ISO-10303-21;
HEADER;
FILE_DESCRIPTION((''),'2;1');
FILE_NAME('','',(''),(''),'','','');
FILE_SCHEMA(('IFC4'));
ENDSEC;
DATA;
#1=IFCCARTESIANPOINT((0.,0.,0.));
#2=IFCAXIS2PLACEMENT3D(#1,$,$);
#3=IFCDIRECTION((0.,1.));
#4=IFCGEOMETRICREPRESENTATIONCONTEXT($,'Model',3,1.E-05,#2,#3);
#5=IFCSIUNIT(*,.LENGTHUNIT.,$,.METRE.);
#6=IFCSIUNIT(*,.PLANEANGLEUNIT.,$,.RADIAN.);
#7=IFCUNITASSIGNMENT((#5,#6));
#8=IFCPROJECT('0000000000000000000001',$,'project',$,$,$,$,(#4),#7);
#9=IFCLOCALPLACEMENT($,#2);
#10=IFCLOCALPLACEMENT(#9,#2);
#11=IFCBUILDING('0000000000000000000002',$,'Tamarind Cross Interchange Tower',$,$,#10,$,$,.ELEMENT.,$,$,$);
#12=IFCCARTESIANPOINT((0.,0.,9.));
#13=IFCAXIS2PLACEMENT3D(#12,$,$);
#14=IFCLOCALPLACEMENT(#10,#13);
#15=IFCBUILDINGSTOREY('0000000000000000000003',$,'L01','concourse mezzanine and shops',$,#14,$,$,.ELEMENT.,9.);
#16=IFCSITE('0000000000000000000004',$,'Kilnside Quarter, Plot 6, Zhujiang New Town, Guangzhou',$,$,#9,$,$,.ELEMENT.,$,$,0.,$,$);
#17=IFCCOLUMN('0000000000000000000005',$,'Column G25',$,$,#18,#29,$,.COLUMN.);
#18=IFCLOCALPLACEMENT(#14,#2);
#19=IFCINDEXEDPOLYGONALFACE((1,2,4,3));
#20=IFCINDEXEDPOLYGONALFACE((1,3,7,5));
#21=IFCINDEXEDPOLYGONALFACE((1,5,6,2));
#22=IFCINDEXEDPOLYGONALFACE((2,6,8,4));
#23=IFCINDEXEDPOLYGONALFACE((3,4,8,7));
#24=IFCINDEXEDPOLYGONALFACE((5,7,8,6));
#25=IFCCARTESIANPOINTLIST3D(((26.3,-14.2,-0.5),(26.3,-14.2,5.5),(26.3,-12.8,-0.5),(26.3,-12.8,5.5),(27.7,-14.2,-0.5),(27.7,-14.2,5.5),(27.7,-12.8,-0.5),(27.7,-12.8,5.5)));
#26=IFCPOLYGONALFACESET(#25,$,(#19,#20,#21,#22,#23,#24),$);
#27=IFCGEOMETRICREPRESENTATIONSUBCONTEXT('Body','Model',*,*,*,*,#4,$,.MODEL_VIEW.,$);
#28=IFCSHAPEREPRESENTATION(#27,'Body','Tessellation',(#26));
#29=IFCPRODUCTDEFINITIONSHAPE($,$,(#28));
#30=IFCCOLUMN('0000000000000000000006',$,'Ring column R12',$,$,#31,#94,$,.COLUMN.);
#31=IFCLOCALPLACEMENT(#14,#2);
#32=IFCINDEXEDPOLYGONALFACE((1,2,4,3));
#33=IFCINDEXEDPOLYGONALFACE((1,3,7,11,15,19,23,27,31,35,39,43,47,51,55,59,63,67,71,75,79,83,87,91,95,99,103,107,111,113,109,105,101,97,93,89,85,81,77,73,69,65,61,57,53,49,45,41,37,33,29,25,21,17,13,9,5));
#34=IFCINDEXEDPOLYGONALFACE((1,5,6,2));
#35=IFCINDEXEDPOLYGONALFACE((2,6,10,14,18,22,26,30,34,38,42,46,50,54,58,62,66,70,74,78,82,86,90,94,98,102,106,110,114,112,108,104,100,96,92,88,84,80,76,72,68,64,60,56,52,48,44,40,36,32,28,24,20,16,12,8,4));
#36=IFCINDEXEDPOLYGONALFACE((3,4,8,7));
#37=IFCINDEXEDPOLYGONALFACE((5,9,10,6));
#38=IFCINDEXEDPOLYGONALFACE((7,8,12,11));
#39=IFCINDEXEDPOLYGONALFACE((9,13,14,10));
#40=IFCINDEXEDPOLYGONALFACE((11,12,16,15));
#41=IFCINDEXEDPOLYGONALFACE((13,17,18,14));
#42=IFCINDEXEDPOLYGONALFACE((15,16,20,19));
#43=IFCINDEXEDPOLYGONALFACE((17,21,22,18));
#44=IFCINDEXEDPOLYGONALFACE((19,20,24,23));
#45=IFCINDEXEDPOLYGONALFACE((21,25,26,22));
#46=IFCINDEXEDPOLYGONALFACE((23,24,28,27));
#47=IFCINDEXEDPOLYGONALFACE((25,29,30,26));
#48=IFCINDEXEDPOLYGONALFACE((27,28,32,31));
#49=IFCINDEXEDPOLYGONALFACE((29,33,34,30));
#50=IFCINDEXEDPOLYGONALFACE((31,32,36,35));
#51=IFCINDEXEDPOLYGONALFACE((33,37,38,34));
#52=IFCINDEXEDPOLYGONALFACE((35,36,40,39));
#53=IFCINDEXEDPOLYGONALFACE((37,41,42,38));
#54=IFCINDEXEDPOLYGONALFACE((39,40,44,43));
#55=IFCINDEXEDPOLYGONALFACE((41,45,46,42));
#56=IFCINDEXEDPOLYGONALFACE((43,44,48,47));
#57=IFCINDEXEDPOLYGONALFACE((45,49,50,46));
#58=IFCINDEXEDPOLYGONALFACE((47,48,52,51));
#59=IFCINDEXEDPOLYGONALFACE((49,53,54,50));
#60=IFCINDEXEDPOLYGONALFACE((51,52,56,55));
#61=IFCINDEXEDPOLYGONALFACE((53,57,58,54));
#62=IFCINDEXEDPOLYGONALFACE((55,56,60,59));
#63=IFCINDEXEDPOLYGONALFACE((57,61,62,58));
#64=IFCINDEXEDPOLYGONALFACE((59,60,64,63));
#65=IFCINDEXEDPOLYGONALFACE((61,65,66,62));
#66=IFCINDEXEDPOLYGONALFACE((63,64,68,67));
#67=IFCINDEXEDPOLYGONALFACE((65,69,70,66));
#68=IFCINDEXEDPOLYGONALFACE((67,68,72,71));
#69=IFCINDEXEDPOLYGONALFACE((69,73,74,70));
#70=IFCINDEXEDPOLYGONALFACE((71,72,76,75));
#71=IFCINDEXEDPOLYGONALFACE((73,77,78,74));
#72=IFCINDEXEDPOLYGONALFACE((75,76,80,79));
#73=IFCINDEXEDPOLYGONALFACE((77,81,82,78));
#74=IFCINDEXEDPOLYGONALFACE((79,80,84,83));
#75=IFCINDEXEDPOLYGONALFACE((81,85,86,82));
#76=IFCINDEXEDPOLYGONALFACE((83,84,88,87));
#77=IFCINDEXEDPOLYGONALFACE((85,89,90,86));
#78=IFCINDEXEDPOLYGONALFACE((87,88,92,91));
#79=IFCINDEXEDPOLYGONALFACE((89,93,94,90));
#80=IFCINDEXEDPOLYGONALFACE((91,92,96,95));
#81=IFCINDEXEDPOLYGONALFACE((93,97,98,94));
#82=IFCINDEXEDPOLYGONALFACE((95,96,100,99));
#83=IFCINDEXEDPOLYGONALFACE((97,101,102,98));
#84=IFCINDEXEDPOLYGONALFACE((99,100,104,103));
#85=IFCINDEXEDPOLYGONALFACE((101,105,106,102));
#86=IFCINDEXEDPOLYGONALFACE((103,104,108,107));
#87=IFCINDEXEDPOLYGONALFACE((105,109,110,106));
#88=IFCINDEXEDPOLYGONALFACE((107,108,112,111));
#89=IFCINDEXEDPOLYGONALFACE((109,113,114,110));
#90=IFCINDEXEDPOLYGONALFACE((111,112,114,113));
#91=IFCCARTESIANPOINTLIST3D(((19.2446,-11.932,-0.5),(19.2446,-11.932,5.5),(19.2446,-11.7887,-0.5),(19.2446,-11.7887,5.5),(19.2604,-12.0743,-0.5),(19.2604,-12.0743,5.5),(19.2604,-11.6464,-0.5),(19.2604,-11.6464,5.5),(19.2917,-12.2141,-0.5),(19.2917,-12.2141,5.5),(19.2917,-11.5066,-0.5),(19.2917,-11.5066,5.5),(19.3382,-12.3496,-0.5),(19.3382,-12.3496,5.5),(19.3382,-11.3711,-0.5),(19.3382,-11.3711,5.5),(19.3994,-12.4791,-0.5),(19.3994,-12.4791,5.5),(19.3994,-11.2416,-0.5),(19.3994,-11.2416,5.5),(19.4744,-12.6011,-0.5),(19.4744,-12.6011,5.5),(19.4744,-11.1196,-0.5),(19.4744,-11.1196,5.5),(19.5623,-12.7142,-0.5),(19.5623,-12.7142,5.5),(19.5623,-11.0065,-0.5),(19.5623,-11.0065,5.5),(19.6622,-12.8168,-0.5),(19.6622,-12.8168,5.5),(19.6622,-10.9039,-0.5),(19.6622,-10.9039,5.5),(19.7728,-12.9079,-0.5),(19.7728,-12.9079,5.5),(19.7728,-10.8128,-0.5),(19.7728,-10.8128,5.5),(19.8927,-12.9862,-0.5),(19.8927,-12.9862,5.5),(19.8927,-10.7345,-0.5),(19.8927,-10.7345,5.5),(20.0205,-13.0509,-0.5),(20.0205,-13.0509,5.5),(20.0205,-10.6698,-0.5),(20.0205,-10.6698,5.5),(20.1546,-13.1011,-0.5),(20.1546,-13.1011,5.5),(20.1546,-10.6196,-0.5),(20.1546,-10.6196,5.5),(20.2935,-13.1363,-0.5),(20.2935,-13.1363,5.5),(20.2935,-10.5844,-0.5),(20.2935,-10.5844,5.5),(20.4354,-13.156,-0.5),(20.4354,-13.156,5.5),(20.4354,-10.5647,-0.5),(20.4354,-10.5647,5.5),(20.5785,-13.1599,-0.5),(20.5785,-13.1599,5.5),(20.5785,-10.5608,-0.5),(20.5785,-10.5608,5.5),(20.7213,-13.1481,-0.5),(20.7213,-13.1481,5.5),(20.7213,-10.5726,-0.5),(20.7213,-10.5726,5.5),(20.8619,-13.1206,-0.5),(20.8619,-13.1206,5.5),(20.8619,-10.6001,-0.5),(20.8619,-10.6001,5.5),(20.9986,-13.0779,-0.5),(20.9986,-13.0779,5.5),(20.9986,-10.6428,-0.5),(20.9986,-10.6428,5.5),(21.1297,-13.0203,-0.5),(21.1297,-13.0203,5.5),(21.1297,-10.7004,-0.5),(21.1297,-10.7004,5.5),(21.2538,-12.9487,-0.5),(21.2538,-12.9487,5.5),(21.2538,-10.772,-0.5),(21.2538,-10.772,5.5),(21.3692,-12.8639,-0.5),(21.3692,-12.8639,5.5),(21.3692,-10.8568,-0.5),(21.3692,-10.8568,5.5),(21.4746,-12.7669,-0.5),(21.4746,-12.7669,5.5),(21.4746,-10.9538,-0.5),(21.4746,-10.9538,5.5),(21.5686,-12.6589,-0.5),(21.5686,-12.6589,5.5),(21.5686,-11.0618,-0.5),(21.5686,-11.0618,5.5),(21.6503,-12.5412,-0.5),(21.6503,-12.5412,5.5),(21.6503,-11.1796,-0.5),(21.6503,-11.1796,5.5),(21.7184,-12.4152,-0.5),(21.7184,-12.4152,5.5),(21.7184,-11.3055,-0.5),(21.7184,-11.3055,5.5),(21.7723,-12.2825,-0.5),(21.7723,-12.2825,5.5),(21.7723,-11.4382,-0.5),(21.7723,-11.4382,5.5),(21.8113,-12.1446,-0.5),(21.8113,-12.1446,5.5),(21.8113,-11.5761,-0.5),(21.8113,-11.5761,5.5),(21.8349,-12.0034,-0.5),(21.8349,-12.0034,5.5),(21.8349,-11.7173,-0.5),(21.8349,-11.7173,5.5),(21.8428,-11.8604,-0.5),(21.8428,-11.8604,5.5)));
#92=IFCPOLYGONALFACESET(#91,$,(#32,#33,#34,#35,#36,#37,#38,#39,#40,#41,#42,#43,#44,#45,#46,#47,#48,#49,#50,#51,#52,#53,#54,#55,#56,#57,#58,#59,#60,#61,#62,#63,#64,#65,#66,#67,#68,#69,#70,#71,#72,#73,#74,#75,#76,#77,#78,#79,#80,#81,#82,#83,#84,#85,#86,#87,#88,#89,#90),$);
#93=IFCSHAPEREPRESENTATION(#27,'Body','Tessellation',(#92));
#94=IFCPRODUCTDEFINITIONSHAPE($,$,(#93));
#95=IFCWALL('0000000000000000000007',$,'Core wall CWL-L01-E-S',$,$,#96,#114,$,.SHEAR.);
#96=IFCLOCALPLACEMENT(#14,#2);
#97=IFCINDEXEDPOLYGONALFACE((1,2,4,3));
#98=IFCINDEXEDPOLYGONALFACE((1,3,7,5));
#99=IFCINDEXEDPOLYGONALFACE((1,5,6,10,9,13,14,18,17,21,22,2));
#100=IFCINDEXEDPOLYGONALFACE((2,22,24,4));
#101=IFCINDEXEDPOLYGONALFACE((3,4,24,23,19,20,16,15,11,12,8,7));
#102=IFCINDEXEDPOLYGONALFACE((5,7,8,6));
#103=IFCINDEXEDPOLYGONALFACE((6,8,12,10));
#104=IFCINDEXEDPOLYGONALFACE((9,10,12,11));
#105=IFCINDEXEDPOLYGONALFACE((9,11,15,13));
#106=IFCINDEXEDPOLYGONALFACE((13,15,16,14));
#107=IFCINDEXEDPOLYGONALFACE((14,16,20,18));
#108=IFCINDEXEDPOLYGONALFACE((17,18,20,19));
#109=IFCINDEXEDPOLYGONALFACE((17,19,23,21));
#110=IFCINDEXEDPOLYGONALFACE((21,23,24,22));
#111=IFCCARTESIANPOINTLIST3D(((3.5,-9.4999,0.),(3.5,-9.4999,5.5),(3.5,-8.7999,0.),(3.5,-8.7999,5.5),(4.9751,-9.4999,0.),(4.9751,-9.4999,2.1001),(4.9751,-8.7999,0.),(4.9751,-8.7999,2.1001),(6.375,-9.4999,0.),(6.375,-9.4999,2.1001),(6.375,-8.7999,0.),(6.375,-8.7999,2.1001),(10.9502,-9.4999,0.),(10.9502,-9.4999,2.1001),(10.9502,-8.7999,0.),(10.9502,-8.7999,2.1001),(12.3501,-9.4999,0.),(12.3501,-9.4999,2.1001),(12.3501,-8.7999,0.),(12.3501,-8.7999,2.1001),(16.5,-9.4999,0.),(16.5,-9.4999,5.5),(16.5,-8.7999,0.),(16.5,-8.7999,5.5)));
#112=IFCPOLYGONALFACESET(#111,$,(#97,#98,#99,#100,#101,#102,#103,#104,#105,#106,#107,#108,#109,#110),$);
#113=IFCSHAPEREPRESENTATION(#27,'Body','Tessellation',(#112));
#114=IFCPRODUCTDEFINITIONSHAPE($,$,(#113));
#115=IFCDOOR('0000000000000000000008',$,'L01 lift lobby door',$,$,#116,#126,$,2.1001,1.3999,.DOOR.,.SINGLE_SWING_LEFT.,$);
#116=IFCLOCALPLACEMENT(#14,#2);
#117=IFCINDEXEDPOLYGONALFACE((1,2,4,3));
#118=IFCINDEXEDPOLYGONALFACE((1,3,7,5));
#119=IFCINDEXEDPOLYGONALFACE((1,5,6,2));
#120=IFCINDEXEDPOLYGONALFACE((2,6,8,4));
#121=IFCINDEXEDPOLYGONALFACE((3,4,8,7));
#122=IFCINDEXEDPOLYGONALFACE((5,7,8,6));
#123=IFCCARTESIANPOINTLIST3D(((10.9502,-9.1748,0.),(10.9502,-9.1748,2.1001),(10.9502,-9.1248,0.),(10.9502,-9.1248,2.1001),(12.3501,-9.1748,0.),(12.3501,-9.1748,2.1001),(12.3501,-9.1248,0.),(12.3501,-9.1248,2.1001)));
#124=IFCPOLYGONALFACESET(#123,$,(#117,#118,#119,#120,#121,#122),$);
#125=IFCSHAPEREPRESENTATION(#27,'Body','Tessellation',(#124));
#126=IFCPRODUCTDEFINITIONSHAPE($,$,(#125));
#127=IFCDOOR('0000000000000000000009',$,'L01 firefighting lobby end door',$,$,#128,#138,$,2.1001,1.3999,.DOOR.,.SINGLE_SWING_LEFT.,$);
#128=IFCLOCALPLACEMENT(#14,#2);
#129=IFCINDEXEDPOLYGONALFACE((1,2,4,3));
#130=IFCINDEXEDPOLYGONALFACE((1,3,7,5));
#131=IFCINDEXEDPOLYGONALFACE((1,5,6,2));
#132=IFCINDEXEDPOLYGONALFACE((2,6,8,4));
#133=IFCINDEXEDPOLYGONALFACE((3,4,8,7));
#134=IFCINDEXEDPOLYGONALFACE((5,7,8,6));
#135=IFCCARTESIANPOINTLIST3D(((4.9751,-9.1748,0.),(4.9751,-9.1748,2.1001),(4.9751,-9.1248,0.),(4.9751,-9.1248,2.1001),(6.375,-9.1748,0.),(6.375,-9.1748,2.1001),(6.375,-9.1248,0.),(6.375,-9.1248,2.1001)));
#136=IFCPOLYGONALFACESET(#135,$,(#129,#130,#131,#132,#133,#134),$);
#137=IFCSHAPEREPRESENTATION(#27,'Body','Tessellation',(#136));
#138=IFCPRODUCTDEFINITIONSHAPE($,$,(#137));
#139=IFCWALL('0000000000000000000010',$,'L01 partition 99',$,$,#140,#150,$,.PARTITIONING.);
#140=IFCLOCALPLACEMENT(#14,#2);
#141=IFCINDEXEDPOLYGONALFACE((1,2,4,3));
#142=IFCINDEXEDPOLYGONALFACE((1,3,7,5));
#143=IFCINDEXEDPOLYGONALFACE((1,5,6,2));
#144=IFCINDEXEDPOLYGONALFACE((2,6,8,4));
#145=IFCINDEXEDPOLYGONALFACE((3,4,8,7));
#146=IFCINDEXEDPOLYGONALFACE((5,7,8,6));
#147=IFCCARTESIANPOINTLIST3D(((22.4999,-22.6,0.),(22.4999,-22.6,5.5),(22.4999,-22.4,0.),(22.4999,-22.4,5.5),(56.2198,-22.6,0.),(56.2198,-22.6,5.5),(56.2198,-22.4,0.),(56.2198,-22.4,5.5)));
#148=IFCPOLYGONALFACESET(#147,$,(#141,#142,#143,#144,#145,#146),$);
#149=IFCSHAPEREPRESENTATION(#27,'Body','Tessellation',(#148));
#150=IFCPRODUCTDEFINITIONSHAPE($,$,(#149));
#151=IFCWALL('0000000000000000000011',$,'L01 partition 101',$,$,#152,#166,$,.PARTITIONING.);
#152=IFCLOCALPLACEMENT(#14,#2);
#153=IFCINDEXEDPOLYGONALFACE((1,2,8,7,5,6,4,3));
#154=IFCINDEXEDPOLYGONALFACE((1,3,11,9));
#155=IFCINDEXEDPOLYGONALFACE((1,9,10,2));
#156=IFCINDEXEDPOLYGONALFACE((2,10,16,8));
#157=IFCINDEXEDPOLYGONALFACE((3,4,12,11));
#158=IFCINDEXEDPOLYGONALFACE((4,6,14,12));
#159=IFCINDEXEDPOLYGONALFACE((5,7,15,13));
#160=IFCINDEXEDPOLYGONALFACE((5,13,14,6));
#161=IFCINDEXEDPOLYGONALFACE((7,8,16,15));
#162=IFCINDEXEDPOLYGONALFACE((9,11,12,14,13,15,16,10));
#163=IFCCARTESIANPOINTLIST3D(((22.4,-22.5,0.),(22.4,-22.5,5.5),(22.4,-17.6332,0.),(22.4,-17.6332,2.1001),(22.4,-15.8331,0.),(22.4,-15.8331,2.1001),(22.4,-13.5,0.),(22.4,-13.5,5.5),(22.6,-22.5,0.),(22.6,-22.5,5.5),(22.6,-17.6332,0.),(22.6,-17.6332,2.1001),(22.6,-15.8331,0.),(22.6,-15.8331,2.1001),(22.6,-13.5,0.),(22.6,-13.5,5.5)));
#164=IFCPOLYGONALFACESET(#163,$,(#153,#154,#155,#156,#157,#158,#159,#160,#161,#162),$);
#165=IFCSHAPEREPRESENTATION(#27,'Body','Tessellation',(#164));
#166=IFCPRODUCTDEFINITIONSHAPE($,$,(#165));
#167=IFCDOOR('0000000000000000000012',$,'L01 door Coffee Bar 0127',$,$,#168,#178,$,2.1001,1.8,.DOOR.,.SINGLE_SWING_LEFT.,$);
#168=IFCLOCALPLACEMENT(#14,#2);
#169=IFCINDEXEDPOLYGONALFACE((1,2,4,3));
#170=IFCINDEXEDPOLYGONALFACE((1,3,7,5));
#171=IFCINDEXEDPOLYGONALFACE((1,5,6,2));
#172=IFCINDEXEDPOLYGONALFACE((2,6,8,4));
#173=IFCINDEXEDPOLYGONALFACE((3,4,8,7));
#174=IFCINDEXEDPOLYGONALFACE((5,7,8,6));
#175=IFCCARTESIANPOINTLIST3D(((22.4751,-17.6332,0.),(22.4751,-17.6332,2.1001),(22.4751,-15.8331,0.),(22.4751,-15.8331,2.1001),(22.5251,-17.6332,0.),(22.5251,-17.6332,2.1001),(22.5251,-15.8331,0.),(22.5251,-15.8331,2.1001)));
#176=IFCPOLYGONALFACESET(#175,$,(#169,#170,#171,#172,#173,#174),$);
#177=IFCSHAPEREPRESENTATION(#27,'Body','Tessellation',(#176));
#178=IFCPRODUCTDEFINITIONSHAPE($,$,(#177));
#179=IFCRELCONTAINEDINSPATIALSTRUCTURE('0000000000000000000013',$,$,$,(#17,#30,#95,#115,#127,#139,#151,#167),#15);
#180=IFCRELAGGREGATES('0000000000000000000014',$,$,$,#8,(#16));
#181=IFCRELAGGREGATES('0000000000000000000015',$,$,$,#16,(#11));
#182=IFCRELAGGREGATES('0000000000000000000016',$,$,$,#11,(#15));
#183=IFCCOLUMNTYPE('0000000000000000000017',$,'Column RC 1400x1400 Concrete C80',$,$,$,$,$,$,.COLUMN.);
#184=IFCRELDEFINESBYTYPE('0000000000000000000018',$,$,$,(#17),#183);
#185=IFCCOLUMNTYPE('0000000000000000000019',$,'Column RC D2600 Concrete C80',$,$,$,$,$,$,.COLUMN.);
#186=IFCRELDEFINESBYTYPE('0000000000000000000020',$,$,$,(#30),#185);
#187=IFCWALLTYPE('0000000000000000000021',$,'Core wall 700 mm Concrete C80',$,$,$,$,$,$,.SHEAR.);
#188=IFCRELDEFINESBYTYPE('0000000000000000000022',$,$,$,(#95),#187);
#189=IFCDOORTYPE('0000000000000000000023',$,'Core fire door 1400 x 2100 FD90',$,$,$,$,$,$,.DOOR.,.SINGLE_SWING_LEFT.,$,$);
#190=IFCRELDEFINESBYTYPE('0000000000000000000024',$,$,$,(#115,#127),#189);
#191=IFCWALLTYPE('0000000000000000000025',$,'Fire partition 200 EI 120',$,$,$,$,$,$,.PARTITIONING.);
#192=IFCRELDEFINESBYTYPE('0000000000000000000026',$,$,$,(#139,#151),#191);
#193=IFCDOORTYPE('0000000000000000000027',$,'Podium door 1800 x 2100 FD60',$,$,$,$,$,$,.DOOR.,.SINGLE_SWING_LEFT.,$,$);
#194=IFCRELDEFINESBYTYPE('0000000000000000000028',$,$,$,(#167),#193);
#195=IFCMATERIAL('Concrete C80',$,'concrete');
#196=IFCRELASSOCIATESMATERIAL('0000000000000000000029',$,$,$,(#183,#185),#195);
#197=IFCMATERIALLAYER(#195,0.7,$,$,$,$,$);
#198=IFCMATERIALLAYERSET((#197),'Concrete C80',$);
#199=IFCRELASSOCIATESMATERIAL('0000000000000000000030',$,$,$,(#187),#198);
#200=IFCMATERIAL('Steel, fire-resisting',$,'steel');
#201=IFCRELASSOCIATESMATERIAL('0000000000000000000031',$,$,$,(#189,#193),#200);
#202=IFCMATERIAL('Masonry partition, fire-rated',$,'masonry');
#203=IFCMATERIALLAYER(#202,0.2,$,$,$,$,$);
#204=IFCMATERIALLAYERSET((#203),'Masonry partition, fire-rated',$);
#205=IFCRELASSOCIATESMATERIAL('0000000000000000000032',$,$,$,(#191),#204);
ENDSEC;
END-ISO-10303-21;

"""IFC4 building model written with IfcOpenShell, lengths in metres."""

from ifc_helpers import new_model, si_unit, direction, frame, frame_2d, origin, origin_2d, place, context, subcontext, project, spatial, rectangle, circle, extrude, material, layer, layer_set, material_profile, profile_set, type_object, element, fill, save


model = new_model("IFC4")

# Units and contexts
model_context = context("Model", 3, precision=1e-05, world=origin(), true_north=direction((0.0, 1.0)))
body_context = subcontext(model_context, "Body", "Model", "MODEL_VIEW")
ifc_project = project(units=[si_unit("LENGTHUNIT", "METRE"), si_unit("PLANEANGLEUNIT", "RADIAN")], contexts=[model_context])

# Site, building, storey
site_placement = place(None, origin())
site = spatial("IfcSite", under=ifc_project, at=site_placement, Name="Kilnside Quarter, Plot 6, Zhujiang New Town, Guangzhou", CompositionType="ELEMENT", RefElevation=0.0)
building_placement = place(site_placement, origin())
building = spatial("IfcBuilding", under=site, at=building_placement, Name="Tamarind Cross Interchange Tower", CompositionType="ELEMENT")
storey_placement = place(building_placement, frame((0.0, 0.0, 9.0)))
storey = spatial("IfcBuildingStorey", under=building, at=storey_placement, Name="L01", Description="concourse mezzanine and shops", CompositionType="ELEMENT", Elevation=9.0)

# Columns
ifc_material_1 = material(Name="Concrete C80", Category="concrete")
ifc_material_profile_1 = material_profile(ifc_material_1, rectangle(XDim=1.3999, YDim=1.3999, at=origin_2d()), Name="RC 1400x1400")
ifc_profile_set_1 = profile_set([ifc_material_profile_1], Name="Concrete C80")
column_type_1 = type_object("IfcColumnType", Name="Column RC 1400x1400 Concrete C80", PredefinedType="COLUMN", material=ifc_profile_set_1)
column_1_placement = place(storey_placement, frame((27.0, -13.5, -0.5), z_axis=(0.0, 0.0, 1.0), x_axis=(1.0, 0.0, 0.0)))
element("IfcColumn", 1, at=column_1_placement, inside=storey, type_object=column_type_1, Name="Column G25", PredefinedType="COLUMN", context=body_context, shape_type="SweptSolid", body=[
    extrude(rectangle(XDim=1.3999, YDim=1.3999, at=origin_2d()), origin(), (0.0, 0.0, 1.0), 6.0),
])
ifc_material_profile_2 = material_profile(ifc_material_1, circle(Radius=1.3, at=origin_2d()), Name="RC D2600")
ifc_profile_set_2 = profile_set([ifc_material_profile_2], Name="Concrete C80")
column_type_2 = type_object("IfcColumnType", Name="Column RC D2600 Concrete C80", PredefinedType="COLUMN", material=ifc_profile_set_2)
column_2_placement = place(storey_placement, frame((20.5427, -11.8604, -0.5), z_axis=(0.0, 0.0, 1.0), x_axis=(1.0, 0.0, 0.0)))
element("IfcColumn", 2, at=column_2_placement, inside=storey, type_object=column_type_2, Name="Ring column R12", PredefinedType="COLUMN", context=body_context, shape_type="SweptSolid", body=[
    extrude(circle(Radius=1.3, at=origin_2d()), origin(), (0.0, 0.0, 1.0), 6.0),
])

# Wall, openings, doors
ifc_layer_1 = layer(ifc_material_1, 0.7)
ifc_layer_set_1 = layer_set([ifc_layer_1], Name="Concrete C80")
wall_type_1 = type_object("IfcWallType", Name="Core wall 700 mm Concrete C80", PredefinedType="SHEAR", material=ifc_layer_set_1)
wall_1_placement = place(storey_placement, frame((16.5, -9.1499, 0.0), z_axis=(0.0, 0.0, 1.0), x_axis=(-1.0, 0.0, 0.0)))
wall_1 = element("IfcWall", 3, at=wall_1_placement, inside=storey, type_object=wall_type_1, Name="Core wall CWL-L01-E-S", PredefinedType="SHEAR", context=body_context, shape_type="SweptSolid", body=[
    extrude(rectangle(XDim=13.0, YDim=0.7, at=frame_2d((6.5, 0.0))), origin(), (0.0, 0.0, 1.0), 5.5),
])
opening_1_placement = place(wall_1_placement, frame((4.1499, 0.0, 0.0)))
opening_1 = element("IfcOpeningElement", 4, at=opening_1_placement, cuts=wall_1, PredefinedType="OPENING", context=body_context, shape_type="SweptSolid", body=[
    extrude(rectangle(XDim=1.3999, YDim=2.1001, at=frame_2d((0.7, 1.05))), frame((0.0, 0.3599, 0.0), z_axis=(0.0, -1.0, 0.0), x_axis=(1.0, 0.0, 0.0)), (0.0, 0.0, 1.0), 0.72),
])
opening_2_placement = place(wall_1_placement, frame((10.125, 0.0, 0.0)))
opening_2 = element("IfcOpeningElement", 5, at=opening_2_placement, cuts=wall_1, PredefinedType="OPENING", context=body_context, shape_type="SweptSolid", body=[
    extrude(rectangle(XDim=1.3999, YDim=2.1001, at=frame_2d((0.7, 1.05))), frame((0.0, 0.3599, 0.0), z_axis=(0.0, -1.0, 0.0), x_axis=(1.0, 0.0, 0.0)), (0.0, 0.0, 1.0), 0.72),
])
ifc_material_2 = material(Name="Steel, fire-resisting", Category="steel")
door_type_1 = type_object("IfcDoorType", Name="Core fire door 1400 x 2100 FD90", OperationType="SINGLE_SWING_LEFT", PredefinedType="DOOR", material=ifc_material_2)
door_1_placement = place(opening_1_placement, origin())
door_1 = element("IfcDoor", 6, at=door_1_placement, inside=storey, type_object=door_type_1, Name="L01 lift lobby door", OperationType="SINGLE_SWING_LEFT", OverallHeight=2.1001, OverallWidth=1.3999, PredefinedType="DOOR", context=body_context, shape_type="SweptSolid", body=[
    extrude(rectangle(XDim=1.3999, YDim=2.1001, at=frame_2d((0.7, 1.05))), frame((0.0, 0.0249, 0.0), z_axis=(0.0, -1.0, 0.0), x_axis=(1.0, 0.0, 0.0)), (0.0, 0.0, 1.0), 0.05),
])
fill(opening_1, door_1)
door_2_placement = place(opening_2_placement, origin())
door_2 = element("IfcDoor", 7, at=door_2_placement, inside=storey, type_object=door_type_1, Name="L01 firefighting lobby end door", OperationType="SINGLE_SWING_LEFT", OverallHeight=2.1001, OverallWidth=1.3999, PredefinedType="DOOR", context=body_context, shape_type="SweptSolid", body=[
    extrude(rectangle(XDim=1.3999, YDim=2.1001, at=frame_2d((0.7, 1.05))), frame((0.0, 0.0249, 0.0), z_axis=(0.0, -1.0, 0.0), x_axis=(1.0, 0.0, 0.0)), (0.0, 0.0, 1.0), 0.05),
])
fill(opening_2, door_2)

# Wall
ifc_material_3 = material(Name="Masonry partition, fire-rated", Category="masonry")
ifc_layer_2 = layer(ifc_material_3, 0.2)
ifc_layer_set_2 = layer_set([ifc_layer_2], Name="Masonry partition, fire-rated")
wall_type_2 = type_object("IfcWallType", Name="Fire partition 200 EI 120", PredefinedType="PARTITIONING", material=ifc_layer_set_2)
wall_2_placement = place(storey_placement, frame((22.5, -22.5, 0.0), z_axis=(0.0, 0.0, 1.0), x_axis=(1.0, 0.0, 0.0)))
element("IfcWall", 8, at=wall_2_placement, inside=storey, type_object=wall_type_2, Name="L01 partition 99", PredefinedType="PARTITIONING", context=body_context, shape_type="SweptSolid", body=[
    extrude(rectangle(XDim=33.72, YDim=0.2, at=frame_2d((16.8599, 0.0))), origin(), (0.0, 0.0, 1.0), 5.5),
])

# Wall, opening, door
wall_3_placement = place(storey_placement, frame((22.5, -22.5, 0.0), z_axis=(0.0, 0.0, 1.0), x_axis=(0.0, 1.0, 0.0)))
wall_3 = element("IfcWall", 9, at=wall_3_placement, inside=storey, type_object=wall_type_2, Name="L01 partition 101", PredefinedType="PARTITIONING", context=body_context, shape_type="SweptSolid", body=[
    extrude(rectangle(XDim=9.0, YDim=0.2, at=frame_2d((4.5, 0.0))), origin(), (0.0, 0.0, 1.0), 5.5),
])
opening_3_placement = place(wall_3_placement, frame((4.8669, 0.0, 0.0)))
opening_3 = element("IfcOpeningElement", 10, at=opening_3_placement, cuts=wall_3, PredefinedType="OPENING", context=body_context, shape_type="SweptSolid", body=[
    extrude(rectangle(XDim=1.8, YDim=2.1001, at=frame_2d((0.8999, 1.05))), frame((0.0, 0.1099, 0.0), z_axis=(0.0, -1.0, 0.0), x_axis=(1.0, 0.0, 0.0)), (0.0, 0.0, 1.0), 0.22),
])
door_type_2 = type_object("IfcDoorType", Name="Podium door 1800 x 2100 FD60", OperationType="SINGLE_SWING_LEFT", PredefinedType="DOOR", material=ifc_material_2)
door_3_placement = place(opening_3_placement, origin())
door_3 = element("IfcDoor", 11, at=door_3_placement, inside=storey, type_object=door_type_2, Name="L01 door Coffee Bar 0127", OperationType="SINGLE_SWING_LEFT", OverallHeight=2.1001, OverallWidth=1.8, PredefinedType="DOOR", context=body_context, shape_type="SweptSolid", body=[
    extrude(rectangle(XDim=1.8, YDim=2.1001, at=frame_2d((0.8999, 1.05))), frame((0.0, 0.0249, 0.0), z_axis=(0.0, -1.0, 0.0), x_axis=(1.0, 0.0, 0.0)), (0.0, 0.0, 1.0), 0.05),
])
fill(opening_3, door_3)

save(model, "model.ifc")
